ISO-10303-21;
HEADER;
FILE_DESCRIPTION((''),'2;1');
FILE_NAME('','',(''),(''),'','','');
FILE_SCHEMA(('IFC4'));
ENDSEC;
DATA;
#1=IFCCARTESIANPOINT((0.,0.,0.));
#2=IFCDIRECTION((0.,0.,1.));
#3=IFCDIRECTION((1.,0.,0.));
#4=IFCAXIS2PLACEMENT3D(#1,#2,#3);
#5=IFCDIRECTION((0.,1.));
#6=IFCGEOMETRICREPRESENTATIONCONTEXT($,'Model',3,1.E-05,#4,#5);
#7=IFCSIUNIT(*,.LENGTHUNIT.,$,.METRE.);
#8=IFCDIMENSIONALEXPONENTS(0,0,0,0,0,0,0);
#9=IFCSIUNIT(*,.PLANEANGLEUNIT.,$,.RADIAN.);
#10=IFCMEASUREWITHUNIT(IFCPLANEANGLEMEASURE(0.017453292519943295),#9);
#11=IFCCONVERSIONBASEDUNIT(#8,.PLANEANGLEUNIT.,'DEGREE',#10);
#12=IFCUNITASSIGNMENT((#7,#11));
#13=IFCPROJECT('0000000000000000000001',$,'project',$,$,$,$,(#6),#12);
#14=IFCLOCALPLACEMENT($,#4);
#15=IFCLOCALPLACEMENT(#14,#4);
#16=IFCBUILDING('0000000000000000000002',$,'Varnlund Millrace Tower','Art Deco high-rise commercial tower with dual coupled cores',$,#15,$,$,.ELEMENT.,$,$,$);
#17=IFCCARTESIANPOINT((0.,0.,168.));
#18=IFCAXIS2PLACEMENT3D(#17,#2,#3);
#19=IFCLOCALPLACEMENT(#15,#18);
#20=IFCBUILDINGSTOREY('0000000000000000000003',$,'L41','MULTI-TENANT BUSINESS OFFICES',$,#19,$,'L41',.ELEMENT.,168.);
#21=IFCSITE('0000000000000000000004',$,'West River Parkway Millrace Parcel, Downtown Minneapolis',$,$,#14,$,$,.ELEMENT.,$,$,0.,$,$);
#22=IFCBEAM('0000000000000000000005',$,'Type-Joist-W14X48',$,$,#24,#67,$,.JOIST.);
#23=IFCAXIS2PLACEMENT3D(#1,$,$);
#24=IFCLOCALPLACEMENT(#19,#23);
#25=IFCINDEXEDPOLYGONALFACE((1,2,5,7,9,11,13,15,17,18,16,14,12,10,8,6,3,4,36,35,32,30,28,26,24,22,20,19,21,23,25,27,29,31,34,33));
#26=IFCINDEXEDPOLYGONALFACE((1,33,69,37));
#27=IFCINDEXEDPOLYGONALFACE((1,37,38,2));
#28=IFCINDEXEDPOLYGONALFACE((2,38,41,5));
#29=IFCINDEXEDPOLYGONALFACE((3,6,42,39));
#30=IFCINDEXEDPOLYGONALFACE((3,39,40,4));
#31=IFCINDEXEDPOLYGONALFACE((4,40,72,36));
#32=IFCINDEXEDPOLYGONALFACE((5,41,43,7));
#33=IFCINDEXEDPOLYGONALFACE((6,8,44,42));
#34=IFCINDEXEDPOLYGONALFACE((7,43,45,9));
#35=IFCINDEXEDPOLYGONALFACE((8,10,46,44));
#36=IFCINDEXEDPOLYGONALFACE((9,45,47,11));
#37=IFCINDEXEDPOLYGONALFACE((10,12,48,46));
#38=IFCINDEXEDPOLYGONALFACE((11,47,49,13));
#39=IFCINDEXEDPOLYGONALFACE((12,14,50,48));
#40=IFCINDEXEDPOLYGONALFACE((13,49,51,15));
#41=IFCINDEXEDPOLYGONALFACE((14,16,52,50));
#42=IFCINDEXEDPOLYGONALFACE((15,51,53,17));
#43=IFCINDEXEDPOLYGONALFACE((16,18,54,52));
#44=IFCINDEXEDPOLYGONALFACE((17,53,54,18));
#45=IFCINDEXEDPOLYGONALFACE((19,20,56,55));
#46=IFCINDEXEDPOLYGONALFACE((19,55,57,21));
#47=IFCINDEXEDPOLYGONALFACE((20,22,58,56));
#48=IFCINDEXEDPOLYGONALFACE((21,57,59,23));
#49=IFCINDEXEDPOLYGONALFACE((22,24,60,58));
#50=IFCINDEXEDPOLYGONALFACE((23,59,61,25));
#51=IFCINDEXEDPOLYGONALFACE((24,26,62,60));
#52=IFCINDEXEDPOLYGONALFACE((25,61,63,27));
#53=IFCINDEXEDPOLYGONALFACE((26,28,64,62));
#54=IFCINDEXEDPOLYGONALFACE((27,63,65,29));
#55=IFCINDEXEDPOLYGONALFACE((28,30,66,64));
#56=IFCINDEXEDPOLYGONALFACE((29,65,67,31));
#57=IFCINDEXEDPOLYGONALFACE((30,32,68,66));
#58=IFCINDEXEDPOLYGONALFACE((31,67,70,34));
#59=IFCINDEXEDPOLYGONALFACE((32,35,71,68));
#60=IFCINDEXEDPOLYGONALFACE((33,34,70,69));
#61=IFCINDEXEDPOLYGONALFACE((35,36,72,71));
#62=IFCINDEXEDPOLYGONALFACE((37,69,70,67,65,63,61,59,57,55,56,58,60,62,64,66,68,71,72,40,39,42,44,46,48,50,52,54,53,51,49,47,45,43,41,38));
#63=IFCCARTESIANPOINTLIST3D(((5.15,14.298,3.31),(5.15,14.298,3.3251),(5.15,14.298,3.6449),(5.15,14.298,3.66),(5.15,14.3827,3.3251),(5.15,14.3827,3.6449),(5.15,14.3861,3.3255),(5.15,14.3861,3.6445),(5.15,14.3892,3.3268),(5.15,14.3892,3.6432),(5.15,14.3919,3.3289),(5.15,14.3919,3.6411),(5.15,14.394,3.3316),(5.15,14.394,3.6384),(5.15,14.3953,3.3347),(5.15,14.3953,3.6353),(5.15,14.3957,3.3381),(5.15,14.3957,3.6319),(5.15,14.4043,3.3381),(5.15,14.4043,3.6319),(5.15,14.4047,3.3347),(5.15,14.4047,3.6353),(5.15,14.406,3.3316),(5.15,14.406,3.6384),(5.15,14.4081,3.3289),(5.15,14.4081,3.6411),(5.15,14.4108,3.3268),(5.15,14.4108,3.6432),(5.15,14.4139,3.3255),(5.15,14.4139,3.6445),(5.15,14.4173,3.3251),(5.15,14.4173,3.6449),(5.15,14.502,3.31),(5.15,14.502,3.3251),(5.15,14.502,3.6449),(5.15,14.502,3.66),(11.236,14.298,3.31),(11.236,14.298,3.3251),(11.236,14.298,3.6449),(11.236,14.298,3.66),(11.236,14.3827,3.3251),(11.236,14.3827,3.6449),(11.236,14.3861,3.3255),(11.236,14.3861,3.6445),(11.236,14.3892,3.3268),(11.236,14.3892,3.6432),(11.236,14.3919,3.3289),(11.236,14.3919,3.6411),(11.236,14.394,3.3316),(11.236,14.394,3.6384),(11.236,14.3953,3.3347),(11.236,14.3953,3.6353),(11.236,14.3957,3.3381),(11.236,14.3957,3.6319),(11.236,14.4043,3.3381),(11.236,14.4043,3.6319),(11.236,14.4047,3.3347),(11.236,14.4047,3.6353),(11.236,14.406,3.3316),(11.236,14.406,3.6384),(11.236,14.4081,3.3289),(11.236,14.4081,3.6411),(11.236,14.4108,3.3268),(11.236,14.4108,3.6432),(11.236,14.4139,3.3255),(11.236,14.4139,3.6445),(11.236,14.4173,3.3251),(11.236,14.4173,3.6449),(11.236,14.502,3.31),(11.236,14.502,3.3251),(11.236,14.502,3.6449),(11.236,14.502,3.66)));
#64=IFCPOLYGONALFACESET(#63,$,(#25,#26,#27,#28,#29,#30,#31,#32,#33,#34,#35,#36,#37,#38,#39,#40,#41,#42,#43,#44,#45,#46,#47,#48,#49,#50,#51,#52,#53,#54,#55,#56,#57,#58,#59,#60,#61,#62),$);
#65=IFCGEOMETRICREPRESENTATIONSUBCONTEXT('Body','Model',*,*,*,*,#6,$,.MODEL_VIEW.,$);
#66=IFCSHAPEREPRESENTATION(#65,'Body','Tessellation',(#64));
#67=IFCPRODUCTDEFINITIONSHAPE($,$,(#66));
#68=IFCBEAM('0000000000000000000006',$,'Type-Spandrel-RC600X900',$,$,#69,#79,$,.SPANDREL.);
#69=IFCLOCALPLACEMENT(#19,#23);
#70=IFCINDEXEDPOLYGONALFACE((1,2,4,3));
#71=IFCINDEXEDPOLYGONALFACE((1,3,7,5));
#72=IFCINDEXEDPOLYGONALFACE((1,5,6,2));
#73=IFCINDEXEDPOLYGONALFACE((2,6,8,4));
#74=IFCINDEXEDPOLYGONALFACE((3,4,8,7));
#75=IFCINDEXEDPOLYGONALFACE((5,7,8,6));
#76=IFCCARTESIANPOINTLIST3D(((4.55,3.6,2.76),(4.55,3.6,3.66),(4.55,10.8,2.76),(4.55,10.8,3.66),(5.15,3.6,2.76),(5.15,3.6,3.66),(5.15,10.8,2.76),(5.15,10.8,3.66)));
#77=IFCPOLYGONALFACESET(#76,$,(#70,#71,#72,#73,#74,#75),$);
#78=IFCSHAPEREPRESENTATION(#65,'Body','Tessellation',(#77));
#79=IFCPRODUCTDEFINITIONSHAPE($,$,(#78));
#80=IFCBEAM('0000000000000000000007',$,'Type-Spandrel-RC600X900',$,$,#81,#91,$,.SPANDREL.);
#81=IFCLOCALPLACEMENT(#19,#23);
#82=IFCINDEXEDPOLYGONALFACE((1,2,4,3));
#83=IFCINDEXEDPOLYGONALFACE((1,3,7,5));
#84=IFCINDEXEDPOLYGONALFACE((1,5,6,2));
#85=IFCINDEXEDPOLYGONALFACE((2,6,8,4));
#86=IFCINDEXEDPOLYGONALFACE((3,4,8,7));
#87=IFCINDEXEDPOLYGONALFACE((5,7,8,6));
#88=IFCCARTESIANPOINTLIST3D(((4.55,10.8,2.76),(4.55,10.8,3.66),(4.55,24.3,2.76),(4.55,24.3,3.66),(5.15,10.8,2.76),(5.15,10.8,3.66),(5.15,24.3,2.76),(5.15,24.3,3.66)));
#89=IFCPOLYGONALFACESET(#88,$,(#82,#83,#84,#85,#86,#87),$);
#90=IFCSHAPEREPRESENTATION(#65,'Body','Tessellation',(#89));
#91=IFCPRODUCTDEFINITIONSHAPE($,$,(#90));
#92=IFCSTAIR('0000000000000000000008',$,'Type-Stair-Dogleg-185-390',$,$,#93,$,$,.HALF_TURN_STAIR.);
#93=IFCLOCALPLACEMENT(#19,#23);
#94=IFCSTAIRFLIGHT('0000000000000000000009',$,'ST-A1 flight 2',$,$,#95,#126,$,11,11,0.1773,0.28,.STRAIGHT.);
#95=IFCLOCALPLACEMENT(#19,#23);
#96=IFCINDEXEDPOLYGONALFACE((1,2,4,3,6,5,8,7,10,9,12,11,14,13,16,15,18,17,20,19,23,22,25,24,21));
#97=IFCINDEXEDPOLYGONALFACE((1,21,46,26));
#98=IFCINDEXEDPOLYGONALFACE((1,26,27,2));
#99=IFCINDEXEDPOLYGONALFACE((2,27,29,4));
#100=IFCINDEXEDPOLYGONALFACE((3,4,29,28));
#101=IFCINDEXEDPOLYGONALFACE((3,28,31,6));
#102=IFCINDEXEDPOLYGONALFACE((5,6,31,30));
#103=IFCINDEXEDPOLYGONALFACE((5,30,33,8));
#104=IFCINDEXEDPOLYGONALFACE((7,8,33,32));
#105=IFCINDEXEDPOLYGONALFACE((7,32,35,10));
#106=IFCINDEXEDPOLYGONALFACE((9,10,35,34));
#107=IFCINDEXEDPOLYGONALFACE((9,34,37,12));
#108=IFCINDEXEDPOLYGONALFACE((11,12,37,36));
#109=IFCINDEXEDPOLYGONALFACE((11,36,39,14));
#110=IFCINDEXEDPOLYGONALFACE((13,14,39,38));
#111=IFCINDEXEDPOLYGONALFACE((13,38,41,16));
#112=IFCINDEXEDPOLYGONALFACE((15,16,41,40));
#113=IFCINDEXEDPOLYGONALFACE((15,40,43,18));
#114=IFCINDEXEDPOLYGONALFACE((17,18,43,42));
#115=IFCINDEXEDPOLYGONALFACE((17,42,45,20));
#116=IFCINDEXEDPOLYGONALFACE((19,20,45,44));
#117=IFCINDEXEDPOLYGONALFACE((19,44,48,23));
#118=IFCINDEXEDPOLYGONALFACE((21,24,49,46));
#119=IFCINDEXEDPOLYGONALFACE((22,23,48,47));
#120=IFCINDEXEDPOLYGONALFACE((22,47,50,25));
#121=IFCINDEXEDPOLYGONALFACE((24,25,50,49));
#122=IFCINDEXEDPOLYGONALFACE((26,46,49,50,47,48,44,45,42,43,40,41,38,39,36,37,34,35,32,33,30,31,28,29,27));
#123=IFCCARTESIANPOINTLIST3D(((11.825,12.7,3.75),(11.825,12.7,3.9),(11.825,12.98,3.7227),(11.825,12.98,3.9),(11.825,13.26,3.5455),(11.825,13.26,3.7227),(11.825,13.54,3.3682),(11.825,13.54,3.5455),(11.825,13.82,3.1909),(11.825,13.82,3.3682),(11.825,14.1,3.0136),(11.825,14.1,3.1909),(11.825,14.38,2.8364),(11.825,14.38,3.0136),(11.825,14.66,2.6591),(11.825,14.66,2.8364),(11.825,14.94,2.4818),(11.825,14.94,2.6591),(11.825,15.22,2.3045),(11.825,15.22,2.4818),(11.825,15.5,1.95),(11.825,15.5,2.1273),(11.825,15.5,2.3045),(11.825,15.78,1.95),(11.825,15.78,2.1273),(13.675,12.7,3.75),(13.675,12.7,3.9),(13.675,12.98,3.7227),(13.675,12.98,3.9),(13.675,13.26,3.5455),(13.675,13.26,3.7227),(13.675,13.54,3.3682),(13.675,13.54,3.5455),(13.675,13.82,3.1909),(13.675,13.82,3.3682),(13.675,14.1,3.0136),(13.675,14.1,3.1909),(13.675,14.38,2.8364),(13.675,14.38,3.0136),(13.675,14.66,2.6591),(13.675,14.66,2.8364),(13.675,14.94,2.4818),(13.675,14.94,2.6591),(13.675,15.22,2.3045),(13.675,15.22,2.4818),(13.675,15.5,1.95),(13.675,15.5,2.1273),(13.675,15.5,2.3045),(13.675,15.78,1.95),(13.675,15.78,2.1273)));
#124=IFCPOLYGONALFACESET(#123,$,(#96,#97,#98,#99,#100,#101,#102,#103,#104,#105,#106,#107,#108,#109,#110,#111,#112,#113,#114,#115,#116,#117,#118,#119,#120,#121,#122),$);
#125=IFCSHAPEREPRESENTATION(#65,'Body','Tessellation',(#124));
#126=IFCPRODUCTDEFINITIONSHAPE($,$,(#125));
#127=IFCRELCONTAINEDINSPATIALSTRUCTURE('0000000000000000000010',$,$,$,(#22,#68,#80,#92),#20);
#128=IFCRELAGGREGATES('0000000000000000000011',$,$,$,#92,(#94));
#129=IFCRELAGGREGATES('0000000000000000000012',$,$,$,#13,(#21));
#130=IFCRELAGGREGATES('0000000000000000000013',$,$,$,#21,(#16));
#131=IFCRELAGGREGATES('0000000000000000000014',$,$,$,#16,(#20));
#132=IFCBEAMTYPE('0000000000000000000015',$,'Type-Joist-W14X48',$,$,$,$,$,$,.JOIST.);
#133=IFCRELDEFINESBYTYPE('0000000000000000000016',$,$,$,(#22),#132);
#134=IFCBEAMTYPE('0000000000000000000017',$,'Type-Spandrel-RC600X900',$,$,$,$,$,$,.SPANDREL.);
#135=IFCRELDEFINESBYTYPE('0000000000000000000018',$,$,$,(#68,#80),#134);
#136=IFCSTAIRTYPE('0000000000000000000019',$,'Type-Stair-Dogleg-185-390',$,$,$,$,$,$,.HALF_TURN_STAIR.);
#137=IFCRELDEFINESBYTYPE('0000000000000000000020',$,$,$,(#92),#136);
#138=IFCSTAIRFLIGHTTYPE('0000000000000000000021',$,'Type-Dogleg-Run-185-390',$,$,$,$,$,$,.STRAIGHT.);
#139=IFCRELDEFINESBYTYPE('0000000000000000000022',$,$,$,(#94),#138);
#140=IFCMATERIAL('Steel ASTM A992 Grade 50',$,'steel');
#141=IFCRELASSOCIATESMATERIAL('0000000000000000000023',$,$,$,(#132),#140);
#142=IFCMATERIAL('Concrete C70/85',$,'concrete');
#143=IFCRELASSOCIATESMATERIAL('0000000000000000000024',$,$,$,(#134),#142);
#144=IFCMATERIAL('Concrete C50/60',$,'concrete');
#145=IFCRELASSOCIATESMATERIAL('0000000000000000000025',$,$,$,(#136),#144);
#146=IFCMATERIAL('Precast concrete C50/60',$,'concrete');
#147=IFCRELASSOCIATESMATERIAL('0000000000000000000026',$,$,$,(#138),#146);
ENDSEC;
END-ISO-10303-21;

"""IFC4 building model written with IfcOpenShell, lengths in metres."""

from ifc_helpers import new_model, entity, si_unit, converted_unit, direction, frame, origin_with_axes, origin_2d_with_axis, place, context, subcontext, project, spatial, polyline, rectangle, i_section, outline, extrude, material, material_profile, profile_set, type_object, element, aggregate, save


model = new_model("IFC4")

# Units and contexts
model_context = context("Model", 3, precision=1e-05, world=origin_with_axes(), true_north=direction((0.0, 1.0)))
body_context = subcontext(model_context, "Body", "Model", "MODEL_VIEW")
ifc_project = project(units=[si_unit("LENGTHUNIT", "METRE"), converted_unit("PLANEANGLEUNIT", "DEGREE", entity("IfcPlaneAngleMeasure", 0.017453292519943295), si_unit("PLANEANGLEUNIT", "RADIAN"), dimensions=[0, 0, 0, 0, 0, 0, 0])], contexts=[model_context])

# Site, building, storey
site_placement = place(None, origin_with_axes())
site = spatial("IfcSite", under=ifc_project, at=site_placement, Name="West River Parkway Millrace Parcel, Downtown Minneapolis", CompositionType="ELEMENT", RefElevation=0.0)
building_placement = place(site_placement, origin_with_axes())
building = spatial("IfcBuilding", under=site, at=building_placement, Name="Varnlund Millrace Tower", Description="Art Deco high-rise commercial tower with dual coupled cores", CompositionType="ELEMENT")
storey_placement = place(building_placement, frame((0.0, 0.0, 168.0), z_axis=(0.0, 0.0, 1.0), x_axis=(1.0, 0.0, 0.0)))
storey = spatial("IfcBuildingStorey", under=building, at=storey_placement, Name="L41", Description="MULTI-TENANT BUSINESS OFFICES", LongName="L41", CompositionType="ELEMENT", Elevation=168.0)

# Beams
ifc_material_1 = material(Name="Steel ASTM A992 Grade 50", Category="steel")
ifc_material_profile_1 = material_profile(ifc_material_1, i_section(OverallWidth=0.204, OverallDepth=0.35, WebThickness=0.0086, FlangeThickness=0.0151, FilletRadius=0.013, at=origin_2d_with_axis()), Name="Steel ASTM A992 Grade 50")
ifc_profile_set_1 = profile_set([ifc_material_profile_1], Name="Steel ASTM A992 Grade 50")
beam_type_1 = type_object("IfcBeamType", Name="Type-Joist-W14X48", PredefinedType="JOIST", material=ifc_profile_set_1)
for number, where, z_axis, x_axis, name in (
    (1, (5.15, 14.4, 3.485), (1.0, 0.0, 0.0), (0.0, 1.0, 0.0), "Type-Joist-W14X48"),
):
    element("IfcBeam", number, at=place(storey_placement, frame(where, z_axis=z_axis, x_axis=x_axis)), inside=storey, type_object=beam_type_1, Name=name, PredefinedType="JOIST", context=body_context, shape_type="SweptSolid", body=[
        extrude(i_section(OverallWidth=0.204, OverallDepth=0.35, WebThickness=0.0086, FlangeThickness=0.0151, FilletRadius=0.013, at=origin_2d_with_axis()), origin_with_axes(), (0.0, 0.0, 1.0), 6.086),
    ])
ifc_material_2 = material(Name="Concrete C70/85", Category="concrete")
ifc_material_profile_2 = material_profile(ifc_material_2, rectangle(XDim=0.6, YDim=0.9, at=origin_2d_with_axis()), Name="Concrete C70/85")
ifc_profile_set_2 = profile_set([ifc_material_profile_2], Name="Concrete C70/85")
beam_type_2 = type_object("IfcBeamType", Name="Type-Spandrel-RC600X900", PredefinedType="SPANDREL", material=ifc_profile_set_2)
beam_1_placement = place(storey_placement, frame((4.85, 3.6, 3.21), z_axis=(0.0, 1.0, 0.0), x_axis=(-1.0, 0.0, 0.0)))
element("IfcBeam", 2, at=beam_1_placement, inside=storey, type_object=beam_type_2, Name="Type-Spandrel-RC600X900", PredefinedType="SPANDREL", context=body_context, shape_type="SweptSolid", body=[
    extrude(rectangle(XDim=0.6, YDim=0.9, at=origin_2d_with_axis()), origin_with_axes(), (0.0, 0.0, 1.0), 7.2),
])
beam_2_placement = place(storey_placement, frame((4.85, 10.8, 3.21), z_axis=(0.0, 1.0, 0.0), x_axis=(-1.0, 0.0, 0.0)))
element("IfcBeam", 3, at=beam_2_placement, inside=storey, type_object=beam_type_2, Name="Type-Spandrel-RC600X900", PredefinedType="SPANDREL", context=body_context, shape_type="SweptSolid", body=[
    extrude(rectangle(XDim=0.6, YDim=0.9, at=origin_2d_with_axis()), origin_with_axes(), (0.0, 0.0, 1.0), 13.5),
])

# Stair, stair flight
ifc_material_3 = material(Name="Concrete C50/60", Category="concrete")
stair_type = type_object("IfcStairType", Name="Type-Stair-Dogleg-185-390", PredefinedType="HALF_TURN_STAIR", material=ifc_material_3)
stair_placement = place(storey_placement, origin_with_axes())
stair = element("IfcStair", 4, at=stair_placement, inside=storey, type_object=stair_type, Name="Type-Stair-Dogleg-185-390", PredefinedType="HALF_TURN_STAIR")
ifc_material_4 = material(Name="Precast concrete C50/60", Category="concrete")
stair_flight_type = type_object("IfcStairFlightType", Name="Type-Dogleg-Run-185-390", PredefinedType="STRAIGHT", material=ifc_material_4)
stair_flight_placement = place(storey_placement, frame((13.675, 15.78, 1.95), z_axis=(-1.0, 0.0, 0.0), x_axis=(0.0, -1.0, 0.0)))
stair_flight = element("IfcStairFlight", 5, at=stair_flight_placement, type_object=stair_flight_type, Name="ST-A1 flight 2", NumberOfRisers=11, NumberOfTreads=11, PredefinedType="STRAIGHT", RiserHeight=0.1773, TreadLength=0.28, context=body_context, shape_type="SweptSolid", body=[
    extrude(outline(polyline([(0.0, 0.0), (0.0, 0.1773), (0.28, 0.1773), (0.28, 0.3545), (0.56, 0.3545), (0.56, 0.5318), (0.84, 0.5318), (0.84, 0.7091), (1.12, 0.7091), (1.12, 0.8864), (1.4, 0.8864), (1.4, 1.0636), (1.68, 1.0636), (1.68, 1.2409), (1.96, 1.2409), (1.96, 1.4182), (2.24, 1.4182), (2.24, 1.5955), (2.52, 1.5955), (2.52, 1.7727), (2.8, 1.7727), (2.8, 1.95), (3.08, 1.95), (3.08, 1.8), (0.28, 0.0), (0.0, 0.0)])), origin_with_axes(), (0.0, 0.0, 1.0), 1.85),
])
aggregate(stair, [stair_flight])

save(model, "model.ifc")
